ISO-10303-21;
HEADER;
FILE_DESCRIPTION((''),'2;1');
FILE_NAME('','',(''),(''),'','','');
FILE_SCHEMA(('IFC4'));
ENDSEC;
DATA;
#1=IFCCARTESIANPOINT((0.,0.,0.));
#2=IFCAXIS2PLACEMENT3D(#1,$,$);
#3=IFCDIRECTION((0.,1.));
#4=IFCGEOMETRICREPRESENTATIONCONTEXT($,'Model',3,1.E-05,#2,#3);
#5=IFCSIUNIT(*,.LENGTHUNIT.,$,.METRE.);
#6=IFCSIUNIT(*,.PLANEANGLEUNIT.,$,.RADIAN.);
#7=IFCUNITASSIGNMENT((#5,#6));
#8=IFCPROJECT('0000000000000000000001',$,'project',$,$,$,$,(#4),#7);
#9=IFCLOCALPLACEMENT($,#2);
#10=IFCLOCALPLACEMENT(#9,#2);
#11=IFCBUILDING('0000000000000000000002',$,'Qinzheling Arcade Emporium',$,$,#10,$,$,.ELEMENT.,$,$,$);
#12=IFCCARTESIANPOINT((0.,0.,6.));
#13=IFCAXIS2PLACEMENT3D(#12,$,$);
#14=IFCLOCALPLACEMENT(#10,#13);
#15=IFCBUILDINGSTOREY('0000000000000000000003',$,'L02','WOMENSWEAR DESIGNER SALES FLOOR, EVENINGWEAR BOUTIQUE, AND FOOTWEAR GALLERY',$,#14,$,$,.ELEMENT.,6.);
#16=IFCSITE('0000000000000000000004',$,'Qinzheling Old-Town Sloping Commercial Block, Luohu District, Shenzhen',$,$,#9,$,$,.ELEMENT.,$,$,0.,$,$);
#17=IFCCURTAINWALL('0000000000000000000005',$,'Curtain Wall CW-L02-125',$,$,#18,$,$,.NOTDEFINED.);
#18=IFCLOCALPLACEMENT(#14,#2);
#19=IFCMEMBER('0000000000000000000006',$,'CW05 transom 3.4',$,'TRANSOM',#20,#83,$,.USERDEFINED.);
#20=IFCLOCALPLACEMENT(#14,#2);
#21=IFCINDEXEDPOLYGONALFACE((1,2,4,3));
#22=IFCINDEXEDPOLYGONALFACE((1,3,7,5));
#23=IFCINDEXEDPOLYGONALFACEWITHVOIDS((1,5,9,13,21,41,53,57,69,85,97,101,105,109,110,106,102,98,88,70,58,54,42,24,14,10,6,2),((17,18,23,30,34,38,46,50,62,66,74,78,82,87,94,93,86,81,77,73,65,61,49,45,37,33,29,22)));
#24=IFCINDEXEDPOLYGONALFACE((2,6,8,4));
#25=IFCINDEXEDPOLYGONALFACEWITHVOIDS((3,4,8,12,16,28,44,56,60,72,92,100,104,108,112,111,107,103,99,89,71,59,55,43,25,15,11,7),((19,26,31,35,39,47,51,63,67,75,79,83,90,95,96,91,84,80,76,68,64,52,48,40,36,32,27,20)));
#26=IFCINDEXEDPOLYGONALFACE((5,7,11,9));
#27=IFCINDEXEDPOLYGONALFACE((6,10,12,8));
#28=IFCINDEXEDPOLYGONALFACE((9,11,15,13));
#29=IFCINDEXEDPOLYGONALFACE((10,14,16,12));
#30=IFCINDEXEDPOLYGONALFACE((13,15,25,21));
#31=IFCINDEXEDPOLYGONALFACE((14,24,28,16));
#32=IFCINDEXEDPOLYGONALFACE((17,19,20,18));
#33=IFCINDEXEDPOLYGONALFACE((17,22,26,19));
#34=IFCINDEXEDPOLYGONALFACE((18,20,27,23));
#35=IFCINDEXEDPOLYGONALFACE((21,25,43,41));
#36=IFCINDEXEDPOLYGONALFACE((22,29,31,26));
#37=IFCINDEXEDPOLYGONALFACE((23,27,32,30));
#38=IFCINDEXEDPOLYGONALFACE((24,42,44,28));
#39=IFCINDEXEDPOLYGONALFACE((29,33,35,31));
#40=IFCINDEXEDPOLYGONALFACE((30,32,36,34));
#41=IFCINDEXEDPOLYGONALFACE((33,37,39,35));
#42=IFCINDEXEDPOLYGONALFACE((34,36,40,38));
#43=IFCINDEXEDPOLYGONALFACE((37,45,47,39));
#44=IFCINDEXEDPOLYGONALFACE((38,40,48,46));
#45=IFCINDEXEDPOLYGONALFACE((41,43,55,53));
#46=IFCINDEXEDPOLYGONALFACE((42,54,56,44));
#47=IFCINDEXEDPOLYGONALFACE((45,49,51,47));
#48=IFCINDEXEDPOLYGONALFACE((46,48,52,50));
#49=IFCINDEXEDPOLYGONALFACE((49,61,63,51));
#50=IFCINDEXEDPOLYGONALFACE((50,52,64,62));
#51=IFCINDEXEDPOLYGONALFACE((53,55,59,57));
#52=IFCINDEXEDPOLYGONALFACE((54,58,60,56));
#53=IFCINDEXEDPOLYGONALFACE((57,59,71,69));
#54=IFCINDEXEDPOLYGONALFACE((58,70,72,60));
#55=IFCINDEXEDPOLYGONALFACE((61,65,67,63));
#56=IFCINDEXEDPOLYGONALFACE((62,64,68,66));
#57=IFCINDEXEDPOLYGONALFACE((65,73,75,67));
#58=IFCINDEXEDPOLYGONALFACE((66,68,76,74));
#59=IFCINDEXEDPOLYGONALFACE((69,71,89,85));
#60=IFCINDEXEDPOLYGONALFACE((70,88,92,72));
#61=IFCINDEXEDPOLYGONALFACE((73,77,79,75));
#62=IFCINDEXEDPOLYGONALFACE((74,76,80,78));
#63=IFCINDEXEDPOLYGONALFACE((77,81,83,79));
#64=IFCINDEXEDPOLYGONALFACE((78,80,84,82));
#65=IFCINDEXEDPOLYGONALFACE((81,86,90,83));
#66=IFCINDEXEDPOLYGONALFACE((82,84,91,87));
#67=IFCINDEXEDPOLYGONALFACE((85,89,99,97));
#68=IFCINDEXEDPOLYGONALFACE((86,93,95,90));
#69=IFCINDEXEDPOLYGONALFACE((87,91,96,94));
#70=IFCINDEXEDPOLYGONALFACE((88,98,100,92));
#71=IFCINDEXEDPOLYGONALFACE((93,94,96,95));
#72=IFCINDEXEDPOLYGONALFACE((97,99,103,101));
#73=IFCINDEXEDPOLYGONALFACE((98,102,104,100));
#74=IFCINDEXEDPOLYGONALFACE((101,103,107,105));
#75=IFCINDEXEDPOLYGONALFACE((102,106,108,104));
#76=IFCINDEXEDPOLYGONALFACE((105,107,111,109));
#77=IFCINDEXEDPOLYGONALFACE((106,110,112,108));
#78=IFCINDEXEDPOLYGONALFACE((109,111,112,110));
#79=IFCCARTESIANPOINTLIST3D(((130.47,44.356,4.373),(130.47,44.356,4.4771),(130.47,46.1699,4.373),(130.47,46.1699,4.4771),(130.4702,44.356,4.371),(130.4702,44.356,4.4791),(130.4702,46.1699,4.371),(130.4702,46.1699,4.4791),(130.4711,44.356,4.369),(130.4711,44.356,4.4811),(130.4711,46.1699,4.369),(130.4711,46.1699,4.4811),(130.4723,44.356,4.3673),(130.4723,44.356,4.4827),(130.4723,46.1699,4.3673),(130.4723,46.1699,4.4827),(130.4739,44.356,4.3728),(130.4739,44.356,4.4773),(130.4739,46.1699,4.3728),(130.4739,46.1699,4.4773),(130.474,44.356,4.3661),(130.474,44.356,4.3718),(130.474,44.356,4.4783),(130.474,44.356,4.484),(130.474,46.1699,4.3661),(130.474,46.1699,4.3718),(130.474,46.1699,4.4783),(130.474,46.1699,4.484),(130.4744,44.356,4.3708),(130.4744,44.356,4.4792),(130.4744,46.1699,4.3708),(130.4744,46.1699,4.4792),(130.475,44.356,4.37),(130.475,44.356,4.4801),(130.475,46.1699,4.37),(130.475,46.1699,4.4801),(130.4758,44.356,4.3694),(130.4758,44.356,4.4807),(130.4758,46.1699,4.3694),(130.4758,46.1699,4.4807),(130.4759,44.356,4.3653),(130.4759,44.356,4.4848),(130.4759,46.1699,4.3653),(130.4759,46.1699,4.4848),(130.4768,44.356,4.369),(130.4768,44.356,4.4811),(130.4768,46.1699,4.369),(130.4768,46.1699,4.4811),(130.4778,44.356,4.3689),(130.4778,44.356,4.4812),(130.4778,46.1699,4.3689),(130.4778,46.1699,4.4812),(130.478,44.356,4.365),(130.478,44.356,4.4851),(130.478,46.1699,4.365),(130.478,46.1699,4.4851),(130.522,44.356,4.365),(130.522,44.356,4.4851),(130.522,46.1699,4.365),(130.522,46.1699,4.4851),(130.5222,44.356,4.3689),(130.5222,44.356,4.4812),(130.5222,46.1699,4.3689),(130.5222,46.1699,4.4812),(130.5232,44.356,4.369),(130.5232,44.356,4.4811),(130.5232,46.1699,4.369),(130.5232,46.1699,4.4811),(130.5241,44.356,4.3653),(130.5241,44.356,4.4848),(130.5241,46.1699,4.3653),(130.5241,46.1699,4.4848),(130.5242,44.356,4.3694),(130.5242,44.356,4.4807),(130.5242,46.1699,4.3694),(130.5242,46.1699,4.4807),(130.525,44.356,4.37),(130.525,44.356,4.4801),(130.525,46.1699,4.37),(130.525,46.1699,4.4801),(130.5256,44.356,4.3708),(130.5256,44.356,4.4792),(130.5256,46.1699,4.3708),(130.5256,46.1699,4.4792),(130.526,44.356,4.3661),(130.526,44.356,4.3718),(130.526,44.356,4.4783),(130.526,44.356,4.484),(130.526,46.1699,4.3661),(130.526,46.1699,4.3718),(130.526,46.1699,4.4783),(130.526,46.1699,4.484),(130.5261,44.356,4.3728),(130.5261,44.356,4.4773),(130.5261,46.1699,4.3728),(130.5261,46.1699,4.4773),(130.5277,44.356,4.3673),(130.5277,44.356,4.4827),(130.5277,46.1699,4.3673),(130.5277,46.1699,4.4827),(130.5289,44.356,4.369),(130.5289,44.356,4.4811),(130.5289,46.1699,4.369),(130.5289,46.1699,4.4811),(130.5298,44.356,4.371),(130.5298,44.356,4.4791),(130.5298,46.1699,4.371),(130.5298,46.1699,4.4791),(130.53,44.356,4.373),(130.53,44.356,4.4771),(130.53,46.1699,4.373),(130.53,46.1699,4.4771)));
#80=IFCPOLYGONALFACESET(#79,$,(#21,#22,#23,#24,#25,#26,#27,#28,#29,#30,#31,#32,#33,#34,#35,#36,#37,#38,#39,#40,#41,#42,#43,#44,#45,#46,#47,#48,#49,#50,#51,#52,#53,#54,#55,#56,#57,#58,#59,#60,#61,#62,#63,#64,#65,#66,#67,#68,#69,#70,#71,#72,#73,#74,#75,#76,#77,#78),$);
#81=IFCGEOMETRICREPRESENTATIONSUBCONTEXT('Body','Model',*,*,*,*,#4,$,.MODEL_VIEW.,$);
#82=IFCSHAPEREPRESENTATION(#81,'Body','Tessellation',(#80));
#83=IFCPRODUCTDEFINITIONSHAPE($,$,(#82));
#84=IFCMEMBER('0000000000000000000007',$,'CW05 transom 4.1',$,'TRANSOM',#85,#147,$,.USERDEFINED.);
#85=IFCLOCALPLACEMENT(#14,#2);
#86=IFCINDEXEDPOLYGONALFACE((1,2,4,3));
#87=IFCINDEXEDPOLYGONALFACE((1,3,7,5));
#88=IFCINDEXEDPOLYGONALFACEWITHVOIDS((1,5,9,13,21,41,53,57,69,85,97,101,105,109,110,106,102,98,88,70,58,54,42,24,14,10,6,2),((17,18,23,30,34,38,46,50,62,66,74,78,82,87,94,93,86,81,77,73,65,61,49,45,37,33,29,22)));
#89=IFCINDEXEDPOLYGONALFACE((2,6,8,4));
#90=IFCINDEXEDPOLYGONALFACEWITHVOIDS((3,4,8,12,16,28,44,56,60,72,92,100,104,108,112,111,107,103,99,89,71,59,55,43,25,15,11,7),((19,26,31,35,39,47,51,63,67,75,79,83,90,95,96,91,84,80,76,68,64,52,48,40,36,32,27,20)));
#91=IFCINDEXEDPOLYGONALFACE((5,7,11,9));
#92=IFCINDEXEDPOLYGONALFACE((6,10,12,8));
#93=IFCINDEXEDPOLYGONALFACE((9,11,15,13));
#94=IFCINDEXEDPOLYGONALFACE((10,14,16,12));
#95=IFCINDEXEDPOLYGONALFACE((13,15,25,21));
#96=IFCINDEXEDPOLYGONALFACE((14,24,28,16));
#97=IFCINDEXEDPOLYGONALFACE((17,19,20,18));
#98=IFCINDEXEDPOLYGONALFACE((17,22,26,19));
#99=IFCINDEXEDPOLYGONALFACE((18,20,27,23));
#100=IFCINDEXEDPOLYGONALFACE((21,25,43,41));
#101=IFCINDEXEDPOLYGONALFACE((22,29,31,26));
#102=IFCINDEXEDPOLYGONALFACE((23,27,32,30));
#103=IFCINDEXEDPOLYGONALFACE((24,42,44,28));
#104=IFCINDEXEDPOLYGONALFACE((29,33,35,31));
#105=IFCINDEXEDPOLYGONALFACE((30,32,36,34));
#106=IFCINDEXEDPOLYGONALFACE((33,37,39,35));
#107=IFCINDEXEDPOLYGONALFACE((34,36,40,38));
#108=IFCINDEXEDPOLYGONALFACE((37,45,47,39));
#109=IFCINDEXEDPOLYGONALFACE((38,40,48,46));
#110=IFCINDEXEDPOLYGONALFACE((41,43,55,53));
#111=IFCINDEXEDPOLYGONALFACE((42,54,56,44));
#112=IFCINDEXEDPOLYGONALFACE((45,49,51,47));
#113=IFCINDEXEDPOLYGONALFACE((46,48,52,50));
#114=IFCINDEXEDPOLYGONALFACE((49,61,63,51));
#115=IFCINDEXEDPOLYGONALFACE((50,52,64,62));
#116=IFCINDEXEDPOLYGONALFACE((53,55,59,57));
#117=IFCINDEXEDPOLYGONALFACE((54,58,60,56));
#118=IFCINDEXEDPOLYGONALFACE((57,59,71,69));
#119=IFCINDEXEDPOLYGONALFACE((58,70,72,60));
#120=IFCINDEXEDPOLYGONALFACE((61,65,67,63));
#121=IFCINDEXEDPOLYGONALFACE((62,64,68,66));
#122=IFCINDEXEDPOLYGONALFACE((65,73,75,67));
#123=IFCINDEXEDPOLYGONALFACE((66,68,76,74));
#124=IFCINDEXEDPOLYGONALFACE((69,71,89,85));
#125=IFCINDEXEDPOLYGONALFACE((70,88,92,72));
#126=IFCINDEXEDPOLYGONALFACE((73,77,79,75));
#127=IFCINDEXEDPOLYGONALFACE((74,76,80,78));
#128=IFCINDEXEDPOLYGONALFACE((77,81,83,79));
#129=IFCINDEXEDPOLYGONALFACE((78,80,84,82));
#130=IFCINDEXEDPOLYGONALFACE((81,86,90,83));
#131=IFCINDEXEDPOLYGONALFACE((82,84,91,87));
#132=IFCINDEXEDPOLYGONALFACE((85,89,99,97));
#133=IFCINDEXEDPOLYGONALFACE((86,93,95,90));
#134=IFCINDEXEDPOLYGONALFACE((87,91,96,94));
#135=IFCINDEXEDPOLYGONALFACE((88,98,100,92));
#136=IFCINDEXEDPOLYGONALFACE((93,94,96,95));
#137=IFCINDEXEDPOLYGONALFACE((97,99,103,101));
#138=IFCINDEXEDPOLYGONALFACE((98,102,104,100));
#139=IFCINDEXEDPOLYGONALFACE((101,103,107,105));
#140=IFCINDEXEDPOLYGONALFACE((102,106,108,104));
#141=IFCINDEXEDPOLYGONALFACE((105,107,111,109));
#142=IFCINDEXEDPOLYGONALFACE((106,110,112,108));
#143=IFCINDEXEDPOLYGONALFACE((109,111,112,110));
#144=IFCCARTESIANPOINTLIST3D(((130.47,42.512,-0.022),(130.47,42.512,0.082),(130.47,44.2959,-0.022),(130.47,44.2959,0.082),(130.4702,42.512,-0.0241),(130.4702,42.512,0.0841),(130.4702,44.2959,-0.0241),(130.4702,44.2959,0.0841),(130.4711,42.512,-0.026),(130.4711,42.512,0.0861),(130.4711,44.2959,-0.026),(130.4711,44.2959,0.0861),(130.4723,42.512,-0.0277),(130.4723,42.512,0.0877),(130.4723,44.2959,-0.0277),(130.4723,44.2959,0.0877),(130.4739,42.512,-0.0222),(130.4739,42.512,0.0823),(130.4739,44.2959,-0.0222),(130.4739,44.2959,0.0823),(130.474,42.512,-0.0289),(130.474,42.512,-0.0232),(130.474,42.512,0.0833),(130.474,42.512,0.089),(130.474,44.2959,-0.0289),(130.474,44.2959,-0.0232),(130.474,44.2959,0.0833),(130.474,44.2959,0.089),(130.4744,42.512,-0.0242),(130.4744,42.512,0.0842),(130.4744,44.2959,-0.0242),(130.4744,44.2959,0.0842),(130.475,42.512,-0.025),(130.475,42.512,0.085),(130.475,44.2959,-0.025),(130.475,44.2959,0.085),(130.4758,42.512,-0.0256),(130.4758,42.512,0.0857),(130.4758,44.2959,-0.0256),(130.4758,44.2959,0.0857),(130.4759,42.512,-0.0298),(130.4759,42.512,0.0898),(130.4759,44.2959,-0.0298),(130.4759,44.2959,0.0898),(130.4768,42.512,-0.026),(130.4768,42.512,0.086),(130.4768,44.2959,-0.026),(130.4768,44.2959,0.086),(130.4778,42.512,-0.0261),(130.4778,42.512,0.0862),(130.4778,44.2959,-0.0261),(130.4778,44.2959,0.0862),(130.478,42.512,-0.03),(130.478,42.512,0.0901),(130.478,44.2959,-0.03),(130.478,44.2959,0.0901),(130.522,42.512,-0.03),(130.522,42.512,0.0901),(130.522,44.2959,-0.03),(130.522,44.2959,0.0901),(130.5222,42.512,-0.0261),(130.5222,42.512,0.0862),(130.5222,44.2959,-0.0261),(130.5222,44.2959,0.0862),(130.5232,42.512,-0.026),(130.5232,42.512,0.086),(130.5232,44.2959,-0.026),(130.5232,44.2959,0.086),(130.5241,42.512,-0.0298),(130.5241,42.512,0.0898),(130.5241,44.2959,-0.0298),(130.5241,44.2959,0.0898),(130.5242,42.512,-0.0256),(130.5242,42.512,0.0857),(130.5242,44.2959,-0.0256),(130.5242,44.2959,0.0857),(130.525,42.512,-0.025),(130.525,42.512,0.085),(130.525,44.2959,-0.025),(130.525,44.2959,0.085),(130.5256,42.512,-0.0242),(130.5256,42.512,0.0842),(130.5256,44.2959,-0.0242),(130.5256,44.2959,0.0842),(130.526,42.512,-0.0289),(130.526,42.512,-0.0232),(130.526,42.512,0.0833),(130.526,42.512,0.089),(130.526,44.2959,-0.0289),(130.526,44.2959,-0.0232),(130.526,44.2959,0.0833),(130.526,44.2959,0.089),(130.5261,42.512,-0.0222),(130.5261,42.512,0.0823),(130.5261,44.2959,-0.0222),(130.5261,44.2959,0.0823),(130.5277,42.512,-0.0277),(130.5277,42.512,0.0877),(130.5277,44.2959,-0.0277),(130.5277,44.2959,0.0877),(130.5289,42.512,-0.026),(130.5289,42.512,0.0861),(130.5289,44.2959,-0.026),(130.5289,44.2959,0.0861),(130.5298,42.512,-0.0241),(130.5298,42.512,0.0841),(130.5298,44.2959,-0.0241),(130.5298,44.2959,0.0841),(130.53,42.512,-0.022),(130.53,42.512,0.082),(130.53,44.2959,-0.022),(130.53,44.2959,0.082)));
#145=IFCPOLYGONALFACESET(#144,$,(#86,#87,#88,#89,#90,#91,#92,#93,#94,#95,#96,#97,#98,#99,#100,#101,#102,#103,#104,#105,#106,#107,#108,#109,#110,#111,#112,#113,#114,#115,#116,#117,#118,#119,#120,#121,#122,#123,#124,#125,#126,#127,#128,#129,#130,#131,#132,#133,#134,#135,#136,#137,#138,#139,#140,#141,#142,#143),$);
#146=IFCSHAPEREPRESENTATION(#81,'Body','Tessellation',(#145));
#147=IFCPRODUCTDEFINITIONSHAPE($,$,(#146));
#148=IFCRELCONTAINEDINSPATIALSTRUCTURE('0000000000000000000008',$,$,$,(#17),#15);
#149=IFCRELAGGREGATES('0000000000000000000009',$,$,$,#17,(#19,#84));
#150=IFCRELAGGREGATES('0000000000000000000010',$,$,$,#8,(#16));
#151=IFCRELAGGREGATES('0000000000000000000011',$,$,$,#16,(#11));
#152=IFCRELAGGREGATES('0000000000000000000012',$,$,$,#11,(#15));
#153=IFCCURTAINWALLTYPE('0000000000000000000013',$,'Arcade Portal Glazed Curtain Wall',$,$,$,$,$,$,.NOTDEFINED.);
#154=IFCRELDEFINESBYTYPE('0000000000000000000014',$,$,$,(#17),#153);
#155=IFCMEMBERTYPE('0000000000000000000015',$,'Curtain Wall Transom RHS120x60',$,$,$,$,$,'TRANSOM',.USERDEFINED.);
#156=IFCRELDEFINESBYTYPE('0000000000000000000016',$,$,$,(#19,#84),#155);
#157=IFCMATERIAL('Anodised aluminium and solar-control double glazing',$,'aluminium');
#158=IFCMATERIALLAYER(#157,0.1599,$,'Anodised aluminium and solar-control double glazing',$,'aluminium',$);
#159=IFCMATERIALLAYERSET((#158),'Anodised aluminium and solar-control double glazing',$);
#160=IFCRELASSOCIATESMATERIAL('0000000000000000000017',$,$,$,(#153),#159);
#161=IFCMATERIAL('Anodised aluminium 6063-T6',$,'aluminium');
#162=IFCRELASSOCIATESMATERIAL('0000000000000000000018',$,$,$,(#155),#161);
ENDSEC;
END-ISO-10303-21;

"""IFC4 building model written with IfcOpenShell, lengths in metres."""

from ifc_helpers import new_model, si_unit, direction, frame, origin, origin_2d, place, context, subcontext, project, spatial, hollow_rectangle, extrude, material, layer, layer_set, material_profile, profile_set, type_object, element, aggregate, save


model = new_model("IFC4")

# Units and contexts
model_context = context("Model", 3, precision=1e-05, world=origin(), true_north=direction((0.0, 1.0)))
body_context = subcontext(model_context, "Body", "Model", "MODEL_VIEW")
ifc_project = project(units=[si_unit("LENGTHUNIT", "METRE"), si_unit("PLANEANGLEUNIT", "RADIAN")], contexts=[model_context])

# Site, building, storey
site_placement = place(None, origin())
site = spatial("IfcSite", under=ifc_project, at=site_placement, Name="Qinzheling Old-Town Sloping Commercial Block, Luohu District, Shenzhen", CompositionType="ELEMENT", RefElevation=0.0)
building_placement = place(site_placement, origin())
building = spatial("IfcBuilding", under=site, at=building_placement, Name="Qinzheling Arcade Emporium", CompositionType="ELEMENT")
storey_placement = place(building_placement, frame((0.0, 0.0, 6.0)))
storey = spatial("IfcBuildingStorey", under=building, at=storey_placement, Name="L02", Description="WOMENSWEAR DESIGNER SALES FLOOR, EVENINGWEAR BOUTIQUE, AND FOOTWEAR GALLERY", CompositionType="ELEMENT", Elevation=6.0)

# Curtain wall, members
ifc_material_1 = material(Name="Anodised aluminium and solar-control double glazing", Category="aluminium")
ifc_layer_1 = layer(ifc_material_1, 0.1599, Name="Anodised aluminium and solar-control double glazing", Category="aluminium")
ifc_layer_set_1 = layer_set([ifc_layer_1], Name="Anodised aluminium and solar-control double glazing")
curtain_wall_type = type_object("IfcCurtainWallType", Name="Arcade Portal Glazed Curtain Wall", PredefinedType="NOTDEFINED", material=ifc_layer_set_1)
curtain_wall_placement = place(storey_placement, origin())
curtain_wall = element("IfcCurtainWall", 1, at=curtain_wall_placement, inside=storey, type_object=curtain_wall_type, Name="Curtain Wall CW-L02-125", PredefinedType="NOTDEFINED")
ifc_material_2 = material(Name="Anodised aluminium 6063-T6", Category="aluminium")
ifc_material_profile_1 = material_profile(ifc_material_2, hollow_rectangle(XDim=0.0601, YDim=0.1201, WallThickness=0.0039, InnerFilletRadius=0.0039, OuterFilletRadius=0.0081, at=origin_2d()), Name="RHS 120x60x4", Category="aluminium")
ifc_profile_set_1 = profile_set([ifc_material_profile_1], Name="Anodised aluminium 6063-T6")
member_type_1 = type_object("IfcMemberType", Name="Curtain Wall Transom RHS120x60", ElementType="TRANSOM", PredefinedType="USERDEFINED", material=ifc_profile_set_1)
member_1_placement = place(storey_placement, frame((130.5, 46.1699, 4.425), z_axis=(0.0, -1.0, 0.0), x_axis=(1.0, 0.0, 0.0)))
member_1 = element("IfcMember", 2, at=member_1_placement, type_object=member_type_1, Name="CW05 transom 3.4", ObjectType="TRANSOM", PredefinedType="USERDEFINED", context=body_context, shape_type="SweptSolid", body=[
    extrude(hollow_rectangle(XDim=0.0601, YDim=0.1201, WallThickness=0.0039, InnerFilletRadius=0.0039, OuterFilletRadius=0.0081, at=origin_2d()), origin(), (0.0, 0.0, 1.0), 1.814),
])
member_2_placement = place(storey_placement, frame((130.5, 44.2959, 0.03), z_axis=(0.0, -1.0, 0.0), x_axis=(1.0, 0.0, 0.0)))
member_2 = element("IfcMember", 3, at=member_2_placement, type_object=member_type_1, Name="CW05 transom 4.1", ObjectType="TRANSOM", PredefinedType="USERDEFINED", context=body_context, shape_type="SweptSolid", body=[
    extrude(hollow_rectangle(XDim=0.0601, YDim=0.1201, WallThickness=0.0039, InnerFilletRadius=0.0039, OuterFilletRadius=0.0081, at=origin_2d()), origin(), (0.0, 0.0, 1.0), 1.7839),
])

aggregate(curtain_wall, [member_1, member_2])

save(model, "model.ifc")
